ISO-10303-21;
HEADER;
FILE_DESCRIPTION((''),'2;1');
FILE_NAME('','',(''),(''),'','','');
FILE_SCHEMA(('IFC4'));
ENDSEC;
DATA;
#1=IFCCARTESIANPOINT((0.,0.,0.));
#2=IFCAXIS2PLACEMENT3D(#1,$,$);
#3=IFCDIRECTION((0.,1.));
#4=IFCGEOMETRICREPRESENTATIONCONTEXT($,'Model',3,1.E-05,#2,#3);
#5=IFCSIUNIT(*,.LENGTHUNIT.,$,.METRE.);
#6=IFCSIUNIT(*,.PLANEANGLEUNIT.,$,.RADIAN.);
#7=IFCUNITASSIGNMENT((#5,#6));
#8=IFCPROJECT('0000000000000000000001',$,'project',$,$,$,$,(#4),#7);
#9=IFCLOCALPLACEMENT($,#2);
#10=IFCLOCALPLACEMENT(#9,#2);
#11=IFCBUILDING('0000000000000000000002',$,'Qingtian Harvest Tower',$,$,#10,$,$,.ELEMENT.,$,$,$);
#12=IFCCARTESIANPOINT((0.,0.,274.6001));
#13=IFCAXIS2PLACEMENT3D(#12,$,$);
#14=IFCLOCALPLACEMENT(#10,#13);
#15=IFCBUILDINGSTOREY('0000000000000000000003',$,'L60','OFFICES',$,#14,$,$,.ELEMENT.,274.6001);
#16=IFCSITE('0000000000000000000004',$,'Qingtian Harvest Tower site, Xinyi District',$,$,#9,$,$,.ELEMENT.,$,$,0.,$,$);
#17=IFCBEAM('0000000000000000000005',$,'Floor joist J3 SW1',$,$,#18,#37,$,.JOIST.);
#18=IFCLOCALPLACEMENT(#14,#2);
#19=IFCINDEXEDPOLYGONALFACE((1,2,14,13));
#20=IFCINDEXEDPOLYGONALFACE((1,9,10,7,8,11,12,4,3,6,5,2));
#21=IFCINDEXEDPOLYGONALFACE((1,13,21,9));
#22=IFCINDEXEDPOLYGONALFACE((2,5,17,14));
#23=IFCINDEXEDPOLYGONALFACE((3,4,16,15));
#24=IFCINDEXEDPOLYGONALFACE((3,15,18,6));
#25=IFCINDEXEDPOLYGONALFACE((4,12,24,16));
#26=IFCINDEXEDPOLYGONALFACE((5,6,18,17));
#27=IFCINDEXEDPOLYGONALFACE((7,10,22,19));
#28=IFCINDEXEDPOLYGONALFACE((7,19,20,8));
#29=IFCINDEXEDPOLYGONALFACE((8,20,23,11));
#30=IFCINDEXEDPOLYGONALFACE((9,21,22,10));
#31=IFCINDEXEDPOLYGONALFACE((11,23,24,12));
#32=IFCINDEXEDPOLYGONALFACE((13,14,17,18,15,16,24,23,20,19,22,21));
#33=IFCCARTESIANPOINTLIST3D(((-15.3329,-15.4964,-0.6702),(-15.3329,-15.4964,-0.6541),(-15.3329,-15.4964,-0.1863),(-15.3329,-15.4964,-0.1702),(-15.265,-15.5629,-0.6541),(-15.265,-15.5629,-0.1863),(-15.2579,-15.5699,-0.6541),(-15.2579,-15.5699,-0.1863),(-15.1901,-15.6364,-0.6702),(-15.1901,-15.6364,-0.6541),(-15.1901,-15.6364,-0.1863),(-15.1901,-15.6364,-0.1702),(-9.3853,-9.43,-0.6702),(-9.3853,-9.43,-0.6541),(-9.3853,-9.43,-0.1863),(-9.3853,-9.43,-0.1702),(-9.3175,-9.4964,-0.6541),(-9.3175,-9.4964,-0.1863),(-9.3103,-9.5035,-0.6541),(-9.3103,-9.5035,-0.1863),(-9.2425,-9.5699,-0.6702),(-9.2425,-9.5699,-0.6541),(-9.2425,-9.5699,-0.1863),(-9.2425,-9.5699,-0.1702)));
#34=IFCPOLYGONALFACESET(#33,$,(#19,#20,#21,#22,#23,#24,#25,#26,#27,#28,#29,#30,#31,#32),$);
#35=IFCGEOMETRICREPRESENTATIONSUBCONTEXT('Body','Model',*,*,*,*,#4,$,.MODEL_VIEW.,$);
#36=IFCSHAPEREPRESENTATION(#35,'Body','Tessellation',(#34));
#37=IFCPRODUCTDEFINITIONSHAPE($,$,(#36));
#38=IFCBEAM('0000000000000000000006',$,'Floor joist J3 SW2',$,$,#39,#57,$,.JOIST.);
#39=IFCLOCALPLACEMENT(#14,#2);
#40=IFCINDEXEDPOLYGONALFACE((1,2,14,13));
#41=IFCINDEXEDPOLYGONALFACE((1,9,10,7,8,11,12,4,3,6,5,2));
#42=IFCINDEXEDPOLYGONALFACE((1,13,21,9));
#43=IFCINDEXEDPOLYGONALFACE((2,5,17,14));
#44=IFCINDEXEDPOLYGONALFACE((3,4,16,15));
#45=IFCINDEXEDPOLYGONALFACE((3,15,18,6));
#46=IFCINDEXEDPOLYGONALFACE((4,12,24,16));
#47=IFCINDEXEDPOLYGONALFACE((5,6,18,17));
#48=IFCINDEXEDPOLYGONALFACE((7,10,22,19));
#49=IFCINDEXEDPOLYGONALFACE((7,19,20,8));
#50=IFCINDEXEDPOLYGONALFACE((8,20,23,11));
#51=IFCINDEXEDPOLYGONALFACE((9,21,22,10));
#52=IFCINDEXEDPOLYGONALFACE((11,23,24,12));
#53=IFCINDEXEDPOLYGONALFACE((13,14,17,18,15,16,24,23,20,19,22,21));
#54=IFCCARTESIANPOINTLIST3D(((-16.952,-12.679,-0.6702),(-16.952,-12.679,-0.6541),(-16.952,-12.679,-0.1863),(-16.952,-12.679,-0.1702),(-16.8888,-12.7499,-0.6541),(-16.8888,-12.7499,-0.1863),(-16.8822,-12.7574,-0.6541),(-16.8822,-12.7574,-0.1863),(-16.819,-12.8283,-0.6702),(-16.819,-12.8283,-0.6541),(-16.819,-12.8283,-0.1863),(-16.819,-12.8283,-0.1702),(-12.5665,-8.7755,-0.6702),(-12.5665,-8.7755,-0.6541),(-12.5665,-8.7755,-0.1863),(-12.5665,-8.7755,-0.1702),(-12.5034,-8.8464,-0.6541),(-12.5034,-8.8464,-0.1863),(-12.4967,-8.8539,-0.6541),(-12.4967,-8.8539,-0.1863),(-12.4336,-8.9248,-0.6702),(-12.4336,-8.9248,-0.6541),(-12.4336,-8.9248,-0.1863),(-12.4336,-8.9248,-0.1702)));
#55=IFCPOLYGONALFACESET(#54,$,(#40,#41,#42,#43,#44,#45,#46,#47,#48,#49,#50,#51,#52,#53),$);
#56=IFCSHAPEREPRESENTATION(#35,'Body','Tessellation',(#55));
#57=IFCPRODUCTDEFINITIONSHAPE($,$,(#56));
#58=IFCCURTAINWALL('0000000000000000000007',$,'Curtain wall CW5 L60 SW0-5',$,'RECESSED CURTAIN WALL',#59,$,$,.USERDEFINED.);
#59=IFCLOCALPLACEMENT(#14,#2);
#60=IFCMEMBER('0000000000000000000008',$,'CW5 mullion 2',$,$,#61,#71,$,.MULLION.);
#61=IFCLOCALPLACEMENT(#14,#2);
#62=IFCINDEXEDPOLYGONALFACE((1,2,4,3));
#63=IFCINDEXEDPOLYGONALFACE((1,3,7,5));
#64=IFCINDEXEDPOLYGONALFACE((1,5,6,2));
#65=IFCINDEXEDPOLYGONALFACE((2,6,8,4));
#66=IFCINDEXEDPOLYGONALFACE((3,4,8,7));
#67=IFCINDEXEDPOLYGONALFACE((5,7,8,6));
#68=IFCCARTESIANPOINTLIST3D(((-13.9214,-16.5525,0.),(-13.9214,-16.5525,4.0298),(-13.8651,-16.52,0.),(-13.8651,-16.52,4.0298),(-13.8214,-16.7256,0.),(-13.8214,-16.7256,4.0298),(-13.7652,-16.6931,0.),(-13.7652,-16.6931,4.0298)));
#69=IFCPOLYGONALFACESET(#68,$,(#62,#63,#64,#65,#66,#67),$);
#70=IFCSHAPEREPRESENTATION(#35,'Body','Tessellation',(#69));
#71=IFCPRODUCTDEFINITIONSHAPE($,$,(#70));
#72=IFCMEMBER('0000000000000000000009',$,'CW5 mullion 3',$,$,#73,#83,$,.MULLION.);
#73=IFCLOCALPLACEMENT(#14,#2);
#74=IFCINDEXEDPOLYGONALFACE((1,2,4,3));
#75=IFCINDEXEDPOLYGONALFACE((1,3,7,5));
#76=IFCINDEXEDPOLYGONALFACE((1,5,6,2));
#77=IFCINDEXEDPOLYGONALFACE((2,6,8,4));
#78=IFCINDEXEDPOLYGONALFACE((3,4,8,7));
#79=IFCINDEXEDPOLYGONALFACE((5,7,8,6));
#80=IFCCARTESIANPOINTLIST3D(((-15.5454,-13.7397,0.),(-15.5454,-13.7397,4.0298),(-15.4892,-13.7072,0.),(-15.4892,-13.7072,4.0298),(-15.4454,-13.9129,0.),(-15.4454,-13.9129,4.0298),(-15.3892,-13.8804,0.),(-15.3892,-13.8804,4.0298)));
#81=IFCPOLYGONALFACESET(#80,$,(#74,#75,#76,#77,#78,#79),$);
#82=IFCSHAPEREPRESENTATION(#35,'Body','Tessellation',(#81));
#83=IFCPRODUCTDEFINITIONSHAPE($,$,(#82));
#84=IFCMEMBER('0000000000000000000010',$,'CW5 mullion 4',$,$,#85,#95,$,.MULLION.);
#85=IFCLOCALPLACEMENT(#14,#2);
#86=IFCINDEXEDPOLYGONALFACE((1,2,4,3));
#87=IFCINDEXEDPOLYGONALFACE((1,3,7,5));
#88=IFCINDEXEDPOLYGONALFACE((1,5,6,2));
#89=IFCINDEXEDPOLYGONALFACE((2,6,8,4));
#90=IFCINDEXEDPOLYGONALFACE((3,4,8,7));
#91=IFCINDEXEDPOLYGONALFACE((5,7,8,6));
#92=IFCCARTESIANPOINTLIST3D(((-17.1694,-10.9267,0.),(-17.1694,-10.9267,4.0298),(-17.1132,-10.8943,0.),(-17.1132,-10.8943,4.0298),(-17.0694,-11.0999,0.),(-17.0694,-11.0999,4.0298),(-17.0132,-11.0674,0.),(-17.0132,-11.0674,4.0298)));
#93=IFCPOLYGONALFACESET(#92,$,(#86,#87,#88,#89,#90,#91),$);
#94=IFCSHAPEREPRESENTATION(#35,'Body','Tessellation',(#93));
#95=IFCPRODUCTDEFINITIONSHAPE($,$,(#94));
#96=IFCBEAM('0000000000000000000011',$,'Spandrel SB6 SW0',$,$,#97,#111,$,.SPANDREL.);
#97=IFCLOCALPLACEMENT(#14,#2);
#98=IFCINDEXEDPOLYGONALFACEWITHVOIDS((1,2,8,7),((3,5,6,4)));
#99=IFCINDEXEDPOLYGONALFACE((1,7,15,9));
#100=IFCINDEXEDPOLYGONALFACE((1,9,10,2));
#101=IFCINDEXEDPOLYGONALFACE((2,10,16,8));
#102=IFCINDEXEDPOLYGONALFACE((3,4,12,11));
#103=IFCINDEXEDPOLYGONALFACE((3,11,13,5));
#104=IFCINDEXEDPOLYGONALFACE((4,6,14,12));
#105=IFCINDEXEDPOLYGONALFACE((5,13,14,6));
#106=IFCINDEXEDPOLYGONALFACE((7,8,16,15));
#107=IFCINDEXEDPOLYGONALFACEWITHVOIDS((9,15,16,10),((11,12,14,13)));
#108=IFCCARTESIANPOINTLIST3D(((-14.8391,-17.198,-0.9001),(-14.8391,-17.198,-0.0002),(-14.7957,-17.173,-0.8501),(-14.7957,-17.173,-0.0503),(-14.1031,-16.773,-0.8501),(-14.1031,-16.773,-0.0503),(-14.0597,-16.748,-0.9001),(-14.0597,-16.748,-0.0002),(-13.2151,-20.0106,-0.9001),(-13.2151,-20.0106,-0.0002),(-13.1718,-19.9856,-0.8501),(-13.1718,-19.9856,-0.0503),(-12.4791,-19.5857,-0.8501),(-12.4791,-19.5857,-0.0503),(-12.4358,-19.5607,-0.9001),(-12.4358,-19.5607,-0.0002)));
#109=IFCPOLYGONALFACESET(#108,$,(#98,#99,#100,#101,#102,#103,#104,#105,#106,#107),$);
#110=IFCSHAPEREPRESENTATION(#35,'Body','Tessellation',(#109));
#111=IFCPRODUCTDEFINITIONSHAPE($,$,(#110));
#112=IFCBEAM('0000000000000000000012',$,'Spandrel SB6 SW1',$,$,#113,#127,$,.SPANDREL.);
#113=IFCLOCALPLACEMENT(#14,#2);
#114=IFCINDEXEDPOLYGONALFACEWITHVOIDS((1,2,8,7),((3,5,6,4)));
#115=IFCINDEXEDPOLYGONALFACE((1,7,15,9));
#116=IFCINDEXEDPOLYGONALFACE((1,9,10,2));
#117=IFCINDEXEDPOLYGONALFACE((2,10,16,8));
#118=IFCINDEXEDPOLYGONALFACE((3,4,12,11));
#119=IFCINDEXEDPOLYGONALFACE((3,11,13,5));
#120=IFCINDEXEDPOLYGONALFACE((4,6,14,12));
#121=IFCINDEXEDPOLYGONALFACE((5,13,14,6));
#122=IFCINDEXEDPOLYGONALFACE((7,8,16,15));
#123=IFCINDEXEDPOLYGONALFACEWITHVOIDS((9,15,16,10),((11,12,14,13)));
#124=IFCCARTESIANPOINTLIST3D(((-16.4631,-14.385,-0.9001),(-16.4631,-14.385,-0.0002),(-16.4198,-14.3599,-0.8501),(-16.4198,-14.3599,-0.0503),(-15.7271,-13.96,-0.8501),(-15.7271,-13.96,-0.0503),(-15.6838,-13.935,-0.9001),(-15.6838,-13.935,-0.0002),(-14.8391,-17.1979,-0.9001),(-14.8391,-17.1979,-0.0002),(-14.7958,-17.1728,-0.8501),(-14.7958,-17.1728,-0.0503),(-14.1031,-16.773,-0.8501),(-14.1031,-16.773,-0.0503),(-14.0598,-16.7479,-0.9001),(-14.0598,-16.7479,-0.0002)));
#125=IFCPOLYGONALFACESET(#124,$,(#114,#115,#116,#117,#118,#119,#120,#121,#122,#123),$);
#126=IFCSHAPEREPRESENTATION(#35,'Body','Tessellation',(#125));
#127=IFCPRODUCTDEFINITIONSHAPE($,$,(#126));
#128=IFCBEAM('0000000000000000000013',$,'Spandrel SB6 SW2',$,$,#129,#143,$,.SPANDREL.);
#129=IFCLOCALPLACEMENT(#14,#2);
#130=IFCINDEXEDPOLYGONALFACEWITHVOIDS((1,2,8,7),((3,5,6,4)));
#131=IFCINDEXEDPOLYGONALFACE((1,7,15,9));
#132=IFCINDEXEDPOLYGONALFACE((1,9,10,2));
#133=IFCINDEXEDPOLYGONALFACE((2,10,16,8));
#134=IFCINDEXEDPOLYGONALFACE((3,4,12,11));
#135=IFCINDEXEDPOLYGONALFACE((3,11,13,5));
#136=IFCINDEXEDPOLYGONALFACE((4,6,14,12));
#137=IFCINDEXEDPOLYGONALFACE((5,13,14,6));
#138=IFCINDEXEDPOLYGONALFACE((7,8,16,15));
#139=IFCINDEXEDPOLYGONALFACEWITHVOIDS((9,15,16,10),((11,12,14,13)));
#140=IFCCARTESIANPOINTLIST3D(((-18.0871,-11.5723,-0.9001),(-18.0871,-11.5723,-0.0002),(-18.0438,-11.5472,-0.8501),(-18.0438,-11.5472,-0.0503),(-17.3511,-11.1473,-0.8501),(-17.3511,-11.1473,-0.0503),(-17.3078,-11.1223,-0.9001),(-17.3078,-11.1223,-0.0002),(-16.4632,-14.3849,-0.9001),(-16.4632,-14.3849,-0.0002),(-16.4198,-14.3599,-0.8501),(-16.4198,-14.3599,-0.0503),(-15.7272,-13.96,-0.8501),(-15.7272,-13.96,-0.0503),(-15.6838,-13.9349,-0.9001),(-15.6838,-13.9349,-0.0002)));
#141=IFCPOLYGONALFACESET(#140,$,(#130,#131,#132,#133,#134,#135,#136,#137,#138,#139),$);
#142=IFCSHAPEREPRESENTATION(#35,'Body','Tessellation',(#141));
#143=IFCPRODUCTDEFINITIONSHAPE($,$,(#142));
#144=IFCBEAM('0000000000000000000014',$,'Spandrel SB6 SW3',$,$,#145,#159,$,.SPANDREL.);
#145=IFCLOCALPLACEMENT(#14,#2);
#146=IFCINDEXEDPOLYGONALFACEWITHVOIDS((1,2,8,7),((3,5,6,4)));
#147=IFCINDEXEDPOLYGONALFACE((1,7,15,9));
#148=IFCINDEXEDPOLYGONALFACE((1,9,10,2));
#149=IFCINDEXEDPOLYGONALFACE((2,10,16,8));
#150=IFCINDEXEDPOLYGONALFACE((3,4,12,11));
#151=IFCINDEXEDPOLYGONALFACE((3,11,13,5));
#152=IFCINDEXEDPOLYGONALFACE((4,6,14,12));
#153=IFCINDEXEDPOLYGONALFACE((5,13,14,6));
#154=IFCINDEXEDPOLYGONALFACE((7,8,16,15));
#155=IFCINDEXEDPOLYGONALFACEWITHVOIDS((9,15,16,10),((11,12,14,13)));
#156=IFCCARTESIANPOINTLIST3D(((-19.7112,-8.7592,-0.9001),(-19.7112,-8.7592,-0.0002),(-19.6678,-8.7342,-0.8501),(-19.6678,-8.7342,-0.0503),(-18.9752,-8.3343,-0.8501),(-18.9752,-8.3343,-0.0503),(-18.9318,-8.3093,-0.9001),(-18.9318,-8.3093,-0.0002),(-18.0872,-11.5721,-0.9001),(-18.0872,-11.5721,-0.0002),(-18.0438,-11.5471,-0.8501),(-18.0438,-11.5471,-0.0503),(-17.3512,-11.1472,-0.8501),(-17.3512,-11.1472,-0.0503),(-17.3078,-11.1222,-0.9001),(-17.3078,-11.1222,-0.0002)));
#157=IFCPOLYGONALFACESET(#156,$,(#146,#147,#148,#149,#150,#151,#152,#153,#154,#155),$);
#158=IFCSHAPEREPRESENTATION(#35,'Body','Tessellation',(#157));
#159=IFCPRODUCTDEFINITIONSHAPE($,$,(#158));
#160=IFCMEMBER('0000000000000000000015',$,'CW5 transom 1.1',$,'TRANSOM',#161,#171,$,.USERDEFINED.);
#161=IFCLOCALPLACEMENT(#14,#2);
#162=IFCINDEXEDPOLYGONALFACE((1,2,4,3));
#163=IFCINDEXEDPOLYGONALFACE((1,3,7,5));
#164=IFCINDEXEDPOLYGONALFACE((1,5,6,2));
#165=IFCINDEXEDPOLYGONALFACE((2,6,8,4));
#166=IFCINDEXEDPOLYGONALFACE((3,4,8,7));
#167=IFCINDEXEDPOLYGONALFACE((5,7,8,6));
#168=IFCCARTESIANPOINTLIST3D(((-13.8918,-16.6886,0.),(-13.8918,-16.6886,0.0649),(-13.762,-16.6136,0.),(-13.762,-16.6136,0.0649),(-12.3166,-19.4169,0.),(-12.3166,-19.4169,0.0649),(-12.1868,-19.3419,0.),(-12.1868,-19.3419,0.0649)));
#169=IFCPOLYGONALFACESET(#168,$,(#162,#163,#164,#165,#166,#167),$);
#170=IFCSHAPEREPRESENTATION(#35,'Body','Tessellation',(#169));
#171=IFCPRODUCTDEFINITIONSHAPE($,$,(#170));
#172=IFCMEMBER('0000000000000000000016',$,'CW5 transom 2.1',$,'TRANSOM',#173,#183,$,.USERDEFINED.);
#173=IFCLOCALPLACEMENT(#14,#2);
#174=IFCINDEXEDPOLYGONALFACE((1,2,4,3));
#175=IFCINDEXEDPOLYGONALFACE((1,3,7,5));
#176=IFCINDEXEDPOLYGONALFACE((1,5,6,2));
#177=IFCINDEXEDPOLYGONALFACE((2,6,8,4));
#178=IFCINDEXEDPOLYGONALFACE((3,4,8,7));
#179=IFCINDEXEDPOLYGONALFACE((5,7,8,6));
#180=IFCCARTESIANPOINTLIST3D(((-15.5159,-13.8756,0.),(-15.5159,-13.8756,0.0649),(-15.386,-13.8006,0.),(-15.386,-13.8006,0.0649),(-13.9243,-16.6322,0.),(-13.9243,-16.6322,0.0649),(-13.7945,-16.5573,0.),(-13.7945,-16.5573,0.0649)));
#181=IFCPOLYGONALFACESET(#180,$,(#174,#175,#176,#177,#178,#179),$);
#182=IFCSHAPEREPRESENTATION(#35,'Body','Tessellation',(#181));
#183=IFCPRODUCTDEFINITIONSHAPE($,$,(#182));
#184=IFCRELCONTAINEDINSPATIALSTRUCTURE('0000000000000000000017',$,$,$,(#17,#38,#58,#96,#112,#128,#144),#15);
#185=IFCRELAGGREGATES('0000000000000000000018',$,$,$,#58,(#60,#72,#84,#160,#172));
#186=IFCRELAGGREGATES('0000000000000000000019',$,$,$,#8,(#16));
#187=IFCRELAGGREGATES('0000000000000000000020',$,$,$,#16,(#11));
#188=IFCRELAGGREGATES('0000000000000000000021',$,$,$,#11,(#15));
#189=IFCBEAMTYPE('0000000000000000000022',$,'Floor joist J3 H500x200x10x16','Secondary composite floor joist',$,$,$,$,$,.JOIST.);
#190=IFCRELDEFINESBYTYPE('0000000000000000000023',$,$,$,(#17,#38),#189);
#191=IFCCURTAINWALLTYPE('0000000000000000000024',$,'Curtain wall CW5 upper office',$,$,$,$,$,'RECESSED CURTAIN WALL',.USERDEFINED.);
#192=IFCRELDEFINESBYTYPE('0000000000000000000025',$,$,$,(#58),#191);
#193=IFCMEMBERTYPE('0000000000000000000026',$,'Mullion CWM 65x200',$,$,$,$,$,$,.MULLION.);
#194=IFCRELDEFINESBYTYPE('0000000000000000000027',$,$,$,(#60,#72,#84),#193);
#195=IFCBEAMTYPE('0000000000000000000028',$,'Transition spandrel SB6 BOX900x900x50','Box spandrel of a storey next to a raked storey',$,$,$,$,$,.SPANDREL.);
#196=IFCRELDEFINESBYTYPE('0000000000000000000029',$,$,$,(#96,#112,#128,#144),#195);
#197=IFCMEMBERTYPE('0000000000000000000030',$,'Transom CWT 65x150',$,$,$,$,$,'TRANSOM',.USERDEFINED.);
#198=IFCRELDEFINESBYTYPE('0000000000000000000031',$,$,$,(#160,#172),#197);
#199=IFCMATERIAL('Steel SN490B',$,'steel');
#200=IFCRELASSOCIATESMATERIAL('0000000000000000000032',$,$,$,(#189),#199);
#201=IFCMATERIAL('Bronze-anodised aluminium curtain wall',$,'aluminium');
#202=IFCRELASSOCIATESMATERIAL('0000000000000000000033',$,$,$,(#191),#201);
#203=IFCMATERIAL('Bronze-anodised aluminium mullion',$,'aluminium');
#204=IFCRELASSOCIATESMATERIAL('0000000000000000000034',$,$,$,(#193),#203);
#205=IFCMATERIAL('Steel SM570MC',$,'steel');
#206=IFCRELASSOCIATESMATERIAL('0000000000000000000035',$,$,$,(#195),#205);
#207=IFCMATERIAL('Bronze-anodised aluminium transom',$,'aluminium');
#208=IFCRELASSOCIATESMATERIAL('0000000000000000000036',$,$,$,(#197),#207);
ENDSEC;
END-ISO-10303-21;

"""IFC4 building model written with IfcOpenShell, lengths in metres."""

from ifc_helpers import new_model, si_unit, direction, frame, origin, origin_2d, place, context, subcontext, project, spatial, rectangle, hollow_rectangle, i_section, extrude, material, material_profile, profile_set, type_object, element, aggregate, save


model = new_model("IFC4")

# Units and contexts
model_context = context("Model", 3, precision=1e-05, world=origin(), true_north=direction((0.0, 1.0)))
body_context = subcontext(model_context, "Body", "Model", "MODEL_VIEW")
ifc_project = project(units=[si_unit("LENGTHUNIT", "METRE"), si_unit("PLANEANGLEUNIT", "RADIAN")], contexts=[model_context])

# Site, building, storey
site_placement = place(None, origin())
site = spatial("IfcSite", under=ifc_project, at=site_placement, Name="Qingtian Harvest Tower site, Xinyi District", CompositionType="ELEMENT", RefElevation=0.0)
building_placement = place(site_placement, origin())
building = spatial("IfcBuilding", under=site, at=building_placement, Name="Qingtian Harvest Tower", CompositionType="ELEMENT")
storey_placement = place(building_placement, frame((0.0, 0.0, 274.6001)))
storey = spatial("IfcBuildingStorey", under=building, at=storey_placement, Name="L60", Description="OFFICES", CompositionType="ELEMENT", Elevation=274.6001)

# Beams
ifc_material_1 = material(Name="Steel SN490B", Category="steel")
ifc_material_profile_1 = material_profile(ifc_material_1, i_section(OverallWidth=0.2, OverallDepth=0.5, WebThickness=0.01, FlangeThickness=0.0161, at=origin_2d()), Name="H500x200x10x16")
ifc_profile_set_1 = profile_set([ifc_material_profile_1], Name="Steel SN490B")
beam_type_1 = type_object("IfcBeamType", Name="Floor joist J3 H500x200x10x16", Description="Secondary composite floor joist", PredefinedType="JOIST", material=ifc_profile_set_1)
beam_1_placement = place(storey_placement, frame((-15.2615, -15.5664, -0.4202), z_axis=(0.700075, 0.71407, 0.0), x_axis=(-0.71407, 0.700075, 0.0)))
element("IfcBeam", 1, at=beam_1_placement, inside=storey, type_object=beam_type_1, Name="Floor joist J3 SW1", PredefinedType="JOIST", context=body_context, shape_type="SweptSolid", body=[
    extrude(i_section(OverallWidth=0.2, OverallDepth=0.5, WebThickness=0.01, FlangeThickness=0.0161, at=origin_2d()), origin(), (0.0, 0.0, 1.0), 8.4956),
])
beam_2_placement = place(storey_placement, frame((-16.8855, -12.7537, -0.4202), z_axis=(0.746957, 0.664872, 0.0), x_axis=(-0.664872, 0.746957, 0.0)))
element("IfcBeam", 2, at=beam_2_placement, inside=storey, type_object=beam_type_1, Name="Floor joist J3 SW2", PredefinedType="JOIST", context=body_context, shape_type="SweptSolid", body=[
    extrude(i_section(OverallWidth=0.2, OverallDepth=0.5, WebThickness=0.01, FlangeThickness=0.0161, at=origin_2d()), origin(), (0.0, 0.0, 1.0), 5.8711),
])

# Curtain wall, members
ifc_material_2 = material(Name="Bronze-anodised aluminium curtain wall", Category="aluminium")
curtain_wall_type = type_object("IfcCurtainWallType", Name="Curtain wall CW5 upper office", ElementType="RECESSED CURTAIN WALL", PredefinedType="USERDEFINED", material=ifc_material_2)
curtain_wall_placement = place(storey_placement, origin())
curtain_wall = element("IfcCurtainWall", 3, at=curtain_wall_placement, inside=storey, type_object=curtain_wall_type, Name="Curtain wall CW5 L60 SW0-5", ObjectType="RECESSED CURTAIN WALL", PredefinedType="USERDEFINED")
ifc_material_3 = material(Name="Bronze-anodised aluminium mullion", Category="aluminium")
ifc_material_profile_2 = material_profile(ifc_material_3, rectangle(XDim=0.0649, YDim=0.2, at=origin_2d()), Name="AL 65x200")
ifc_profile_set_2 = profile_set([ifc_material_profile_2], Name="Bronze-anodised aluminium mullion")
member_type_1 = type_object("IfcMemberType", Name="Mullion CWM 65x200", PredefinedType="MULLION", material=ifc_profile_set_2)
member_1_placement = place(storey_placement, frame((-13.8433, -16.6228, 0.0), z_axis=(0.0, 0.0, 1.0), x_axis=(-0.866025, -0.5, 0.0)))
member_1 = element("IfcMember", 4, at=member_1_placement, type_object=member_type_1, Name="CW5 mullion 2", PredefinedType="MULLION", context=body_context, shape_type="SweptSolid", body=[
    extrude(rectangle(XDim=0.0649, YDim=0.2, at=origin_2d()), origin(), (0.0, 0.0, 1.0), 4.0298),
])
member_2_placement = place(storey_placement, frame((-15.4673, -13.8101, 0.0), z_axis=(0.0, 0.0, 1.0), x_axis=(-0.866025, -0.5, 0.0)))
member_2 = element("IfcMember", 5, at=member_2_placement, type_object=member_type_1, Name="CW5 mullion 3", PredefinedType="MULLION", context=body_context, shape_type="SweptSolid", body=[
    extrude(rectangle(XDim=0.0649, YDim=0.2, at=origin_2d()), origin(), (0.0, 0.0, 1.0), 4.0298),
])
member_3_placement = place(storey_placement, frame((-17.0913, -10.9971, 0.0), z_axis=(0.0, 0.0, 1.0), x_axis=(-0.866025, -0.5, 0.0)))
member_3 = element("IfcMember", 6, at=member_3_placement, type_object=member_type_1, Name="CW5 mullion 4", PredefinedType="MULLION", context=body_context, shape_type="SweptSolid", body=[
    extrude(rectangle(XDim=0.0649, YDim=0.2, at=origin_2d()), origin(), (0.0, 0.0, 1.0), 4.0298),
])

# Beams
ifc_material_4 = material(Name="Steel SM570MC", Category="steel")
ifc_material_profile_3 = material_profile(ifc_material_4, hollow_rectangle(XDim=0.8999, YDim=0.8999, WallThickness=0.05, at=origin_2d()), Name="BOX900x900x50")
ifc_profile_set_3 = profile_set([ifc_material_profile_3], Name="Steel SM570MC")
beam_type_2 = type_object("IfcBeamType", Name="Transition spandrel SB6 BOX900x900x50", Description="Box spandrel of a storey next to a raked storey", PredefinedType="SPANDREL", material=ifc_profile_set_3)
beam_3_placement = place(storey_placement, frame((-12.8254, -19.7856, -0.4502), z_axis=(-0.50002, 0.866014, 0.0), x_axis=(-0.866014, -0.50002, 0.0)))
element("IfcBeam", 7, at=beam_3_placement, inside=storey, type_object=beam_type_2, Name="Spandrel SB6 SW0", PredefinedType="SPANDREL", context=body_context, shape_type="SweptSolid", body=[
    extrude(hollow_rectangle(XDim=0.8999, YDim=0.8999, WallThickness=0.05, at=origin_2d()), origin(), (0.0, 0.0, 1.0), 3.2478),
])
beam_4_placement = place(storey_placement, frame((-14.4495, -16.9729, -0.4502), z_axis=(-0.499987, 0.866033, 0.0), x_axis=(-0.866033, -0.499987, 0.0)))
element("IfcBeam", 8, at=beam_4_placement, inside=storey, type_object=beam_type_2, Name="Spandrel SB6 SW1", PredefinedType="SPANDREL", context=body_context, shape_type="SweptSolid", body=[
    extrude(hollow_rectangle(XDim=0.8999, YDim=0.8999, WallThickness=0.05, at=origin_2d()), origin(), (0.0, 0.0, 1.0), 3.248),
])
beam_5_placement = place(storey_placement, frame((-16.0735, -14.1599, -0.4502), z_axis=(-0.50002, 0.866014, 0.0), x_axis=(-0.866014, -0.50002, 0.0)))
element("IfcBeam", 9, at=beam_5_placement, inside=storey, type_object=beam_type_2, Name="Spandrel SB6 SW2", PredefinedType="SPANDREL", context=body_context, shape_type="SweptSolid", body=[
    extrude(hollow_rectangle(XDim=0.8999, YDim=0.8999, WallThickness=0.05, at=origin_2d()), origin(), (0.0, 0.0, 1.0), 3.2478),
])
beam_6_placement = place(storey_placement, frame((-17.6975, -11.3472, -0.4502), z_axis=(-0.499987, 0.866033, 0.0), x_axis=(-0.866033, -0.499987, 0.0)))
element("IfcBeam", 10, at=beam_6_placement, inside=storey, type_object=beam_type_2, Name="Spandrel SB6 SW3", PredefinedType="SPANDREL", context=body_context, shape_type="SweptSolid", body=[
    extrude(hollow_rectangle(XDim=0.8999, YDim=0.8999, WallThickness=0.05, at=origin_2d()), origin(), (0.0, 0.0, 1.0), 3.248),
])

# Members
ifc_material_5 = material(Name="Bronze-anodised aluminium transom", Category="aluminium")
ifc_material_profile_4 = material_profile(ifc_material_5, rectangle(XDim=0.1499, YDim=0.0649, at=origin_2d()), Name="AL 65x150")
ifc_profile_set_4 = profile_set([ifc_material_profile_4], Name="Bronze-anodised aluminium transom")
member_type_2 = type_object("IfcMemberType", Name="Transom CWT 65x150", ElementType="TRANSOM", PredefinedType="USERDEFINED", material=ifc_profile_set_4)
member_4_placement = place(storey_placement, frame((-12.2517, -19.3794, 0.0325), z_axis=(-0.500006, 0.866022, 0.0), x_axis=(-0.866022, -0.500006, 0.0)))
member_4 = element("IfcMember", 11, at=member_4_placement, type_object=member_type_2, Name="CW5 transom 1.1", ObjectType="TRANSOM", PredefinedType="USERDEFINED", context=body_context, shape_type="SweptSolid", body=[
    extrude(rectangle(XDim=0.1499, YDim=0.0649, at=origin_2d()), origin(), (0.0, 0.0, 1.0), 3.1504),
])
member_5_placement = place(storey_placement, frame((-13.8594, -16.5947, 0.0325), z_axis=(-0.500008, 0.866021, 0.0), x_axis=(-0.866021, -0.500008, 0.0)))
member_5 = element("IfcMember", 12, at=member_5_placement, type_object=member_type_2, Name="CW5 transom 2.1", ObjectType="TRANSOM", PredefinedType="USERDEFINED", context=body_context, shape_type="SweptSolid", body=[
    extrude(rectangle(XDim=0.1499, YDim=0.0649, at=origin_2d()), origin(), (0.0, 0.0, 1.0), 3.1831),
])

aggregate(curtain_wall, [member_1, member_2, member_3, member_4, member_5])

save(model, "model.ifc")
